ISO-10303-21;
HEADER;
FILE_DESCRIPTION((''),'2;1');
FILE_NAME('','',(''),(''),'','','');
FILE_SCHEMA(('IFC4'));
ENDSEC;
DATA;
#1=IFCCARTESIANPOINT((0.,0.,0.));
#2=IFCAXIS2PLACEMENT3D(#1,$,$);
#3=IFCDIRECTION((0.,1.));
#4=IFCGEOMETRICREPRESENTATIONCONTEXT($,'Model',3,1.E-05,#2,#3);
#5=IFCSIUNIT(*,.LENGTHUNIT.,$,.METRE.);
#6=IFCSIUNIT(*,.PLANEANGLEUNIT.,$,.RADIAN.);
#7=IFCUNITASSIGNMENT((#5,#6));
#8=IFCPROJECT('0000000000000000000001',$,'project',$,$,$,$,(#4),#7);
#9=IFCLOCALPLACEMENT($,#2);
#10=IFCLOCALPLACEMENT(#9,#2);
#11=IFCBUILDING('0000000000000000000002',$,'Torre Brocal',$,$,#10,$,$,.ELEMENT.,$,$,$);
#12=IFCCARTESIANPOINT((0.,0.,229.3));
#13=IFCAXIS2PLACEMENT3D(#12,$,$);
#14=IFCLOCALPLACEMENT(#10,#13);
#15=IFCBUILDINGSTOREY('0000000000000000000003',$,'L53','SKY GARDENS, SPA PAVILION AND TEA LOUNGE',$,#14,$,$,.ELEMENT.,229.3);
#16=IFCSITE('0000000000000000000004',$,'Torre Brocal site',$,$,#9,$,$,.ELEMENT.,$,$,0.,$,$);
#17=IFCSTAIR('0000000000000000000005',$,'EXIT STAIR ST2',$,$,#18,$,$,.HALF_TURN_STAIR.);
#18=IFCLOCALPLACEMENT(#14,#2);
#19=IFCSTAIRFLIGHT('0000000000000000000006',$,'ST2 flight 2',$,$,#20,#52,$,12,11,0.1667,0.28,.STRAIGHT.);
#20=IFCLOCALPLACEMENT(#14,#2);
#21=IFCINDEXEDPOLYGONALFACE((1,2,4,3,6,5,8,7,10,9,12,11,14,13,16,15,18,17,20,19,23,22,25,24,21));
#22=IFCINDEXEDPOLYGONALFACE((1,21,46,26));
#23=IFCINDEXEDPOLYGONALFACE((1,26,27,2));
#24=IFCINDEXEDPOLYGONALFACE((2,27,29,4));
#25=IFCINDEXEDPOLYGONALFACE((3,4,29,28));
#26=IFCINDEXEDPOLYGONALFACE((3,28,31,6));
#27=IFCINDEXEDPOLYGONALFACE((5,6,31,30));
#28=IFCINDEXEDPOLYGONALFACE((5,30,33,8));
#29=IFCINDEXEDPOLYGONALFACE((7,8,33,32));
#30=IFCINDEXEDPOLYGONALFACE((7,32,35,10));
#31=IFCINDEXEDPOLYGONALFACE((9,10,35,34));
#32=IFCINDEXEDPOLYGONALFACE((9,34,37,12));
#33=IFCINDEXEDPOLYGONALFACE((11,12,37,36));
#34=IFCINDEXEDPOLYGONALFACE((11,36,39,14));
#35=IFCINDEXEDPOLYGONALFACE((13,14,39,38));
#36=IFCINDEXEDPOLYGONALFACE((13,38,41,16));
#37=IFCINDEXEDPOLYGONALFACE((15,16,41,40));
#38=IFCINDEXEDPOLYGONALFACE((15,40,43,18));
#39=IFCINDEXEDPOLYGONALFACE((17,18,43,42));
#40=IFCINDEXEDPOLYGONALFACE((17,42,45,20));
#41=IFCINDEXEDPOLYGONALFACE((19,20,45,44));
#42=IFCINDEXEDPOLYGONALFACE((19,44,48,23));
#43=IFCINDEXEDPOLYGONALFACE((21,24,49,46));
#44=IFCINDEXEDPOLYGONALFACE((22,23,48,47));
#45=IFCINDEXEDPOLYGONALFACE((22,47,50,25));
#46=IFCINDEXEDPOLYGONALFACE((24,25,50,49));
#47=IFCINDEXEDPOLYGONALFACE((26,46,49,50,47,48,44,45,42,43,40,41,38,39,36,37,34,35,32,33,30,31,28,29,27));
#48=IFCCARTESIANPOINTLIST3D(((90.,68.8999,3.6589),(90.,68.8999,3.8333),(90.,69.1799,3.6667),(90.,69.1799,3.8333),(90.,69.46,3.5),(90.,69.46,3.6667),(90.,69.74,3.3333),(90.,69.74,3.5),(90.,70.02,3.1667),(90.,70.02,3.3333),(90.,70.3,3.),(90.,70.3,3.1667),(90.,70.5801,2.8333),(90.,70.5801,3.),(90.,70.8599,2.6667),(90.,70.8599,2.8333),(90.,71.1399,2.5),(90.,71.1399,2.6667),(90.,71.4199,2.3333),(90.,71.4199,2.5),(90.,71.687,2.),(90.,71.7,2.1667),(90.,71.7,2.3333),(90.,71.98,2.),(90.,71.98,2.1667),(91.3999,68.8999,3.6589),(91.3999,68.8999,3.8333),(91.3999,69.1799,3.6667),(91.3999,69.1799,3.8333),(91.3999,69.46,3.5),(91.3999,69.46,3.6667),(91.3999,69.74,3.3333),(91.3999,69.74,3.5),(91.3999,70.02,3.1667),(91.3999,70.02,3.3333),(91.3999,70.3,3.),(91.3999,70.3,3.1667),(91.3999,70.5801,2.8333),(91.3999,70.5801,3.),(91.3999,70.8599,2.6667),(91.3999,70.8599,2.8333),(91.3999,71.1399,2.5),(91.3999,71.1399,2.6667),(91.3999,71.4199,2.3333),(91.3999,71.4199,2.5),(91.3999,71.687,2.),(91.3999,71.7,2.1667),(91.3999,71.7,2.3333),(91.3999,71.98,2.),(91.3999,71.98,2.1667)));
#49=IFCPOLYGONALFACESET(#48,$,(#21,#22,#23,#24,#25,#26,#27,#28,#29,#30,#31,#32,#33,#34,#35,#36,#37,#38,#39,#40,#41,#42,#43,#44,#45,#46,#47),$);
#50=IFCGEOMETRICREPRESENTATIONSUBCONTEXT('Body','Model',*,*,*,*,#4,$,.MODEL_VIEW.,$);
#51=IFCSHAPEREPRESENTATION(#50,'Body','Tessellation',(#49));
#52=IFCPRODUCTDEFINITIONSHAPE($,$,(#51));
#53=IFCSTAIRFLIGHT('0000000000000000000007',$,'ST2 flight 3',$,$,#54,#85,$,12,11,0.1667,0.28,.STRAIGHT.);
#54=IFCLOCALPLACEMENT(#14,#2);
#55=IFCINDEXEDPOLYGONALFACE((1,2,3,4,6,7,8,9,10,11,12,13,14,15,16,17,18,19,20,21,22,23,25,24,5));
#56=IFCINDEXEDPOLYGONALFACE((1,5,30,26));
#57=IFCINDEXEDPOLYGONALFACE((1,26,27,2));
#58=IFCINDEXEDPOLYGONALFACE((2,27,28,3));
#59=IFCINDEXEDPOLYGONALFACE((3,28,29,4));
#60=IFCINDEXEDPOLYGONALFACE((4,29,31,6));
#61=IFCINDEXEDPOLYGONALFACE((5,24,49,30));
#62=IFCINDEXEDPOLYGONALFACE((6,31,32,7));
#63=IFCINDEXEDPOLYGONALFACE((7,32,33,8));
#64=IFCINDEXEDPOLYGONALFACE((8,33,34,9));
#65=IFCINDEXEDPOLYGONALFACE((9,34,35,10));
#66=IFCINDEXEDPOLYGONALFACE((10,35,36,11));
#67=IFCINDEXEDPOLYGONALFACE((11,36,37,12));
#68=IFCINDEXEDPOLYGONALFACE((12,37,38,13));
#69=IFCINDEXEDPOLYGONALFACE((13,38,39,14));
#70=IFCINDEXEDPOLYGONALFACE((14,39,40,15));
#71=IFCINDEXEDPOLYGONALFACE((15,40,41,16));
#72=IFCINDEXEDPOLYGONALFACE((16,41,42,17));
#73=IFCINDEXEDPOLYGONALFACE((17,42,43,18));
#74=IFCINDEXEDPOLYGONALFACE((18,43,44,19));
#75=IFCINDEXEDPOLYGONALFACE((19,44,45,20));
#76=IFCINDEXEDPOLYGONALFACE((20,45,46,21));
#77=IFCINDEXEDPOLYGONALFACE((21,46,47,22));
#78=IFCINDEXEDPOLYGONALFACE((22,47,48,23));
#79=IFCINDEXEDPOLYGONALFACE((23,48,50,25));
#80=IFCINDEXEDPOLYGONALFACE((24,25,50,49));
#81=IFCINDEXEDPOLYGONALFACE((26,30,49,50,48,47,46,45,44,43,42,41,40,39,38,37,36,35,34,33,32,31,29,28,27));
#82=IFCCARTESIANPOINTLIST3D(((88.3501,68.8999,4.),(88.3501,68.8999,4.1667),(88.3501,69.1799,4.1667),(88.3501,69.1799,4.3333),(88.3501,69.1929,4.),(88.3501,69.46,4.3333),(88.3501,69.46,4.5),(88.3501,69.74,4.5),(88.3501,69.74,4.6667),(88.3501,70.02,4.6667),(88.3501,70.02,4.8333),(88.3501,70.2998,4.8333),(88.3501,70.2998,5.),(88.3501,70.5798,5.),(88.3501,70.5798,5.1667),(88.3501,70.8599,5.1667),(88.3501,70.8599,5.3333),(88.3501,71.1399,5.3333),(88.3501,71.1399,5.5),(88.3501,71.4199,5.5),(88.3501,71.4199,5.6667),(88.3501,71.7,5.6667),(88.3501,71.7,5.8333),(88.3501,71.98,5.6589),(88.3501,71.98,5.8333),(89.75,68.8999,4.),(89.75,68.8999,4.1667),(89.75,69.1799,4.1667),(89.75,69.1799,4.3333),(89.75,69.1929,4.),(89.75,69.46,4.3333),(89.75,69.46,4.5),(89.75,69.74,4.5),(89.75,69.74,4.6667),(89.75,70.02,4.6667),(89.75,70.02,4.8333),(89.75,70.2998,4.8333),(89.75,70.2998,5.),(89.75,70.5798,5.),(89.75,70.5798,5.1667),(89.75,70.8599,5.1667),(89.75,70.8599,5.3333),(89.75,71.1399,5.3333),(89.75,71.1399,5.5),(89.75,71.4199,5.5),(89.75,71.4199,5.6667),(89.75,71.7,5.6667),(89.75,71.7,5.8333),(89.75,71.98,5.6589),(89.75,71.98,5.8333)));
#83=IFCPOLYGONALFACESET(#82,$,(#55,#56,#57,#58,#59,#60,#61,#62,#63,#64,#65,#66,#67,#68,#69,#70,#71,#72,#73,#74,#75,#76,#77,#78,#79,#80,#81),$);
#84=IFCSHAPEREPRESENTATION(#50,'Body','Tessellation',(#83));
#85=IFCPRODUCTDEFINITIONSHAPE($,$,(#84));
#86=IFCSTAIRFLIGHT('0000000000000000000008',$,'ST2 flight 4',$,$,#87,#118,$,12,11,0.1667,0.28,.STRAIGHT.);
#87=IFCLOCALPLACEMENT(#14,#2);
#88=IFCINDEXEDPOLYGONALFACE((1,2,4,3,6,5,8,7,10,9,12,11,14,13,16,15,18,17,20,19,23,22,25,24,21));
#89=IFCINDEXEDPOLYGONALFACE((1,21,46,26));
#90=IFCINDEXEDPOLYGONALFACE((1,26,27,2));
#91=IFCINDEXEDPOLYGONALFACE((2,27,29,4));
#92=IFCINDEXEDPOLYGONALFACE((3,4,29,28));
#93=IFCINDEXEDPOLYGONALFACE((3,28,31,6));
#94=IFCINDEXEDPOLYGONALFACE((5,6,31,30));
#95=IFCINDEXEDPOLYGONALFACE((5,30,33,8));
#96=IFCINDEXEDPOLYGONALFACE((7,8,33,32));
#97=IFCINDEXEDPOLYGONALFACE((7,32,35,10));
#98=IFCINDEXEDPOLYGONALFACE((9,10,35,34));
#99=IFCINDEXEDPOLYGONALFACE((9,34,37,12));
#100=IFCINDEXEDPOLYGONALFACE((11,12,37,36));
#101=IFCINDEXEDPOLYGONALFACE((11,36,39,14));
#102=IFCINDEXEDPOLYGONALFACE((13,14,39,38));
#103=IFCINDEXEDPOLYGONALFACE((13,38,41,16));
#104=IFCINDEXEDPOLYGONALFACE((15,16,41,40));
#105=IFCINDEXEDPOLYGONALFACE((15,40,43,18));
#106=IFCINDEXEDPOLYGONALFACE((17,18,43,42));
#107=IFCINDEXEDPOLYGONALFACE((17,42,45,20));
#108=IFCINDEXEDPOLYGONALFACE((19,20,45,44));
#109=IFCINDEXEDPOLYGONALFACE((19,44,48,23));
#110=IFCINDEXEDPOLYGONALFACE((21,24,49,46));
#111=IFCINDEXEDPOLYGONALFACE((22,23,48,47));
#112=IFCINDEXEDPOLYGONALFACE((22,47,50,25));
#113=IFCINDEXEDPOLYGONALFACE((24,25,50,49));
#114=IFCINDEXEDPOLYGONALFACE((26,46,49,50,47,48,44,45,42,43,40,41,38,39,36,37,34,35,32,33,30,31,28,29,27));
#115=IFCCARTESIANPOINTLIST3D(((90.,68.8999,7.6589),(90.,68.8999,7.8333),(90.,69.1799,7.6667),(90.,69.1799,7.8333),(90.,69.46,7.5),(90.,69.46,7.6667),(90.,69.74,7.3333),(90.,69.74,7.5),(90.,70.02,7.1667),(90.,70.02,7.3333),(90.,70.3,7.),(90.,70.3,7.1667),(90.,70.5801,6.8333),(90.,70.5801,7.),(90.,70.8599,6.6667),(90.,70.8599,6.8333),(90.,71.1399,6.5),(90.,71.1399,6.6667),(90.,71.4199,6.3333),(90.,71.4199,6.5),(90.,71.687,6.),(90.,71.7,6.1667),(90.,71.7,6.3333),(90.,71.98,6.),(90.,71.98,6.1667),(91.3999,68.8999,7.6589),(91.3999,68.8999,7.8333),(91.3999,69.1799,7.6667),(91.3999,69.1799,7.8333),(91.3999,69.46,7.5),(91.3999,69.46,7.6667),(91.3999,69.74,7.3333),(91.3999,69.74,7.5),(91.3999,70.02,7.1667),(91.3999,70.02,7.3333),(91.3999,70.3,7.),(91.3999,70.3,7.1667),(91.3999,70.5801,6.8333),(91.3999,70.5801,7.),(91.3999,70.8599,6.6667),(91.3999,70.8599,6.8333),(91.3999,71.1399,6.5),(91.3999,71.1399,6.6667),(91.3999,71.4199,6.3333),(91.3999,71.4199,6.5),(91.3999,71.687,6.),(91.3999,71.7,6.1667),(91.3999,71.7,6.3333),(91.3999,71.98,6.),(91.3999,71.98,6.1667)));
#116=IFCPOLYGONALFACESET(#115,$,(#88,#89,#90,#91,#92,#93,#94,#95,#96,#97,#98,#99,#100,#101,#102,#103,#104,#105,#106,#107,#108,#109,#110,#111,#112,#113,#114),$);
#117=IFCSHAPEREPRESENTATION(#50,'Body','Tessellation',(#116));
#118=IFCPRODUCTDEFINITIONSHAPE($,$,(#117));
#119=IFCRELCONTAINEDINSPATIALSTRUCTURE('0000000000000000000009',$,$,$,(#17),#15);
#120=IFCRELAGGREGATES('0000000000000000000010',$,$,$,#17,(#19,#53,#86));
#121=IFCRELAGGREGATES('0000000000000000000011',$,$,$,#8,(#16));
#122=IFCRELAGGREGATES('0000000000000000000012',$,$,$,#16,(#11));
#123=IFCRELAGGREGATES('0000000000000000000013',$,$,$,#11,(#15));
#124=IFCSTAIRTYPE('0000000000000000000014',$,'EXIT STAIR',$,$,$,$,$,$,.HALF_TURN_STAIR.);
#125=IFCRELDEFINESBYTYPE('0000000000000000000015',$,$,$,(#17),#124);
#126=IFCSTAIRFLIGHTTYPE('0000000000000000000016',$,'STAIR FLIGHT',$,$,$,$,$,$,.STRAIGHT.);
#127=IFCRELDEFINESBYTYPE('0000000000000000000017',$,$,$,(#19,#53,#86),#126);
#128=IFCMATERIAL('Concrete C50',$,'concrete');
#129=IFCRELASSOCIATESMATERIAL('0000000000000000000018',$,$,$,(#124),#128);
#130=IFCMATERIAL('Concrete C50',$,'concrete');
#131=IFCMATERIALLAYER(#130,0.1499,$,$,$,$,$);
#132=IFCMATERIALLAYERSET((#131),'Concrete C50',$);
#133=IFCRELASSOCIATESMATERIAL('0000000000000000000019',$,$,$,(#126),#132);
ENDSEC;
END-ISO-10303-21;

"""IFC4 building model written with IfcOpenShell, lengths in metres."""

from ifc_helpers import new_model, si_unit, direction, frame, origin, place, context, subcontext, project, spatial, polyline, outline, extrude, material, layer, layer_set, type_object, element, aggregate, save


model = new_model("IFC4")

# Units and contexts
model_context = context("Model", 3, precision=1e-05, world=origin(), true_north=direction((0.0, 1.0)))
body_context = subcontext(model_context, "Body", "Model", "MODEL_VIEW")
ifc_project = project(units=[si_unit("LENGTHUNIT", "METRE"), si_unit("PLANEANGLEUNIT", "RADIAN")], contexts=[model_context])

# Site, building, storey
site_placement = place(None, origin())
site = spatial("IfcSite", under=ifc_project, at=site_placement, Name="Torre Brocal site", CompositionType="ELEMENT", RefElevation=0.0)
building_placement = place(site_placement, origin())
building = spatial("IfcBuilding", under=site, at=building_placement, Name="Torre Brocal", CompositionType="ELEMENT")
storey_placement = place(building_placement, frame((0.0, 0.0, 229.3)))
storey = spatial("IfcBuildingStorey", under=building, at=storey_placement, Name="L53", Description="SKY GARDENS, SPA PAVILION AND TEA LOUNGE", CompositionType="ELEMENT", Elevation=229.3)

# Stair, stair flights
ifc_material_1 = material(Name="Concrete C50", Category="concrete")
stair_type = type_object("IfcStairType", Name="EXIT STAIR", PredefinedType="HALF_TURN_STAIR", material=ifc_material_1)
stair_placement = place(storey_placement, origin())
stair = element("IfcStair", 1, at=stair_placement, inside=storey, type_object=stair_type, Name="EXIT STAIR ST2", PredefinedType="HALF_TURN_STAIR")
ifc_material_2 = material(Name="Concrete C50", Category="concrete")
ifc_layer_1 = layer(ifc_material_2, 0.1499)
ifc_layer_set_1 = layer_set([ifc_layer_1], Name="Concrete C50")
stair_flight_type = type_object("IfcStairFlightType", Name="STAIR FLIGHT", PredefinedType="STRAIGHT", material=ifc_layer_set_1)
stair_flight_1_placement = place(storey_placement, frame((90.7, 71.98, 2.0), z_axis=(0.0, 0.0, 1.0), x_axis=(0.0, -1.0, 0.0)))
stair_flight_1 = element("IfcStairFlight", 2, at=stair_flight_1_placement, type_object=stair_flight_type, Name="ST2 flight 2", NumberOfRisers=12, NumberOfTreads=11, PredefinedType="STRAIGHT", RiserHeight=0.1667, TreadLength=0.28, context=body_context, shape_type="SweptSolid", body=[
    extrude(outline(polyline([(0.0, 0.0), (0.0, 0.1667), (0.28, 0.1667), (0.28, 0.3333), (0.5601, 0.3333), (0.5601, 0.5), (0.8401, 0.5), (0.8401, 0.6667), (1.1201, 0.6667), (1.1201, 0.8333), (1.3999, 0.8333), (1.3999, 1.0), (1.6799, 1.0), (1.6799, 1.1667), (1.96, 1.1667), (1.96, 1.3333), (2.24, 1.3333), (2.24, 1.5), (2.52, 1.5), (2.52, 1.6667), (2.8, 1.6667), (2.8, 1.8333), (3.0801, 1.8333), (3.0801, 2.0), (3.0801, 1.6589), (0.293, 0.0), (0.0, 0.0)])), frame((0.0, 0.7, 0.0), z_axis=(0.0, -1.0, 0.0), x_axis=(1.0, 0.0, 0.0)), (0.0, 0.0, 1.0), 1.3999),
])
stair_flight_2_placement = place(storey_placement, frame((89.05, 68.8999, 4.0), z_axis=(0.0, 0.0, 1.0), x_axis=(0.0, 1.0, 0.0)))
stair_flight_2 = element("IfcStairFlight", 3, at=stair_flight_2_placement, type_object=stair_flight_type, Name="ST2 flight 3", NumberOfRisers=12, NumberOfTreads=11, PredefinedType="STRAIGHT", RiserHeight=0.1667, TreadLength=0.28, context=body_context, shape_type="SweptSolid", body=[
    extrude(outline(polyline([(0.0, 0.0), (0.0, 0.1667), (0.28, 0.1667), (0.28, 0.3333), (0.5601, 0.3333), (0.5601, 0.5), (0.8401, 0.5), (0.8401, 0.6667), (1.1201, 0.6667), (1.1201, 0.8333), (1.3999, 0.8333), (1.3999, 1.0), (1.6799, 1.0), (1.6799, 1.1667), (1.96, 1.1667), (1.96, 1.3333), (2.24, 1.3333), (2.24, 1.5), (2.52, 1.5), (2.52, 1.6667), (2.8, 1.6667), (2.8, 1.8333), (3.0801, 1.8333), (3.0801, 2.0), (3.0801, 1.6589), (0.293, 0.0), (0.0, 0.0)])), frame((0.0, 0.7, 0.0), z_axis=(0.0, -1.0, 0.0), x_axis=(1.0, 0.0, 0.0)), (0.0, 0.0, 1.0), 1.3999),
])
stair_flight_3_placement = place(storey_placement, frame((90.7, 71.98, 6.0), z_axis=(0.0, 0.0, 1.0), x_axis=(0.0, -1.0, 0.0)))
stair_flight_3 = element("IfcStairFlight", 4, at=stair_flight_3_placement, type_object=stair_flight_type, Name="ST2 flight 4", NumberOfRisers=12, NumberOfTreads=11, PredefinedType="STRAIGHT", RiserHeight=0.1667, TreadLength=0.28, context=body_context, shape_type="SweptSolid", body=[
    extrude(outline(polyline([(0.0, 0.0), (0.0, 0.1667), (0.28, 0.1667), (0.28, 0.3333), (0.5601, 0.3333), (0.5601, 0.5), (0.8401, 0.5), (0.8401, 0.6667), (1.1201, 0.6667), (1.1201, 0.8333), (1.3999, 0.8333), (1.3999, 1.0), (1.6799, 1.0), (1.6799, 1.1667), (1.96, 1.1667), (1.96, 1.3333), (2.24, 1.3333), (2.24, 1.5), (2.52, 1.5), (2.52, 1.6667), (2.8, 1.6667), (2.8, 1.8333), (3.0801, 1.8333), (3.0801, 2.0), (3.0801, 1.6589), (0.293, 0.0), (0.0, 0.0)])), frame((0.0, 0.7, 0.0), z_axis=(0.0, -1.0, 0.0), x_axis=(1.0, 0.0, 0.0)), (0.0, 0.0, 1.0), 1.3999),
])
aggregate(stair, [stair_flight_1, stair_flight_2, stair_flight_3])

save(model, "model.ifc")
